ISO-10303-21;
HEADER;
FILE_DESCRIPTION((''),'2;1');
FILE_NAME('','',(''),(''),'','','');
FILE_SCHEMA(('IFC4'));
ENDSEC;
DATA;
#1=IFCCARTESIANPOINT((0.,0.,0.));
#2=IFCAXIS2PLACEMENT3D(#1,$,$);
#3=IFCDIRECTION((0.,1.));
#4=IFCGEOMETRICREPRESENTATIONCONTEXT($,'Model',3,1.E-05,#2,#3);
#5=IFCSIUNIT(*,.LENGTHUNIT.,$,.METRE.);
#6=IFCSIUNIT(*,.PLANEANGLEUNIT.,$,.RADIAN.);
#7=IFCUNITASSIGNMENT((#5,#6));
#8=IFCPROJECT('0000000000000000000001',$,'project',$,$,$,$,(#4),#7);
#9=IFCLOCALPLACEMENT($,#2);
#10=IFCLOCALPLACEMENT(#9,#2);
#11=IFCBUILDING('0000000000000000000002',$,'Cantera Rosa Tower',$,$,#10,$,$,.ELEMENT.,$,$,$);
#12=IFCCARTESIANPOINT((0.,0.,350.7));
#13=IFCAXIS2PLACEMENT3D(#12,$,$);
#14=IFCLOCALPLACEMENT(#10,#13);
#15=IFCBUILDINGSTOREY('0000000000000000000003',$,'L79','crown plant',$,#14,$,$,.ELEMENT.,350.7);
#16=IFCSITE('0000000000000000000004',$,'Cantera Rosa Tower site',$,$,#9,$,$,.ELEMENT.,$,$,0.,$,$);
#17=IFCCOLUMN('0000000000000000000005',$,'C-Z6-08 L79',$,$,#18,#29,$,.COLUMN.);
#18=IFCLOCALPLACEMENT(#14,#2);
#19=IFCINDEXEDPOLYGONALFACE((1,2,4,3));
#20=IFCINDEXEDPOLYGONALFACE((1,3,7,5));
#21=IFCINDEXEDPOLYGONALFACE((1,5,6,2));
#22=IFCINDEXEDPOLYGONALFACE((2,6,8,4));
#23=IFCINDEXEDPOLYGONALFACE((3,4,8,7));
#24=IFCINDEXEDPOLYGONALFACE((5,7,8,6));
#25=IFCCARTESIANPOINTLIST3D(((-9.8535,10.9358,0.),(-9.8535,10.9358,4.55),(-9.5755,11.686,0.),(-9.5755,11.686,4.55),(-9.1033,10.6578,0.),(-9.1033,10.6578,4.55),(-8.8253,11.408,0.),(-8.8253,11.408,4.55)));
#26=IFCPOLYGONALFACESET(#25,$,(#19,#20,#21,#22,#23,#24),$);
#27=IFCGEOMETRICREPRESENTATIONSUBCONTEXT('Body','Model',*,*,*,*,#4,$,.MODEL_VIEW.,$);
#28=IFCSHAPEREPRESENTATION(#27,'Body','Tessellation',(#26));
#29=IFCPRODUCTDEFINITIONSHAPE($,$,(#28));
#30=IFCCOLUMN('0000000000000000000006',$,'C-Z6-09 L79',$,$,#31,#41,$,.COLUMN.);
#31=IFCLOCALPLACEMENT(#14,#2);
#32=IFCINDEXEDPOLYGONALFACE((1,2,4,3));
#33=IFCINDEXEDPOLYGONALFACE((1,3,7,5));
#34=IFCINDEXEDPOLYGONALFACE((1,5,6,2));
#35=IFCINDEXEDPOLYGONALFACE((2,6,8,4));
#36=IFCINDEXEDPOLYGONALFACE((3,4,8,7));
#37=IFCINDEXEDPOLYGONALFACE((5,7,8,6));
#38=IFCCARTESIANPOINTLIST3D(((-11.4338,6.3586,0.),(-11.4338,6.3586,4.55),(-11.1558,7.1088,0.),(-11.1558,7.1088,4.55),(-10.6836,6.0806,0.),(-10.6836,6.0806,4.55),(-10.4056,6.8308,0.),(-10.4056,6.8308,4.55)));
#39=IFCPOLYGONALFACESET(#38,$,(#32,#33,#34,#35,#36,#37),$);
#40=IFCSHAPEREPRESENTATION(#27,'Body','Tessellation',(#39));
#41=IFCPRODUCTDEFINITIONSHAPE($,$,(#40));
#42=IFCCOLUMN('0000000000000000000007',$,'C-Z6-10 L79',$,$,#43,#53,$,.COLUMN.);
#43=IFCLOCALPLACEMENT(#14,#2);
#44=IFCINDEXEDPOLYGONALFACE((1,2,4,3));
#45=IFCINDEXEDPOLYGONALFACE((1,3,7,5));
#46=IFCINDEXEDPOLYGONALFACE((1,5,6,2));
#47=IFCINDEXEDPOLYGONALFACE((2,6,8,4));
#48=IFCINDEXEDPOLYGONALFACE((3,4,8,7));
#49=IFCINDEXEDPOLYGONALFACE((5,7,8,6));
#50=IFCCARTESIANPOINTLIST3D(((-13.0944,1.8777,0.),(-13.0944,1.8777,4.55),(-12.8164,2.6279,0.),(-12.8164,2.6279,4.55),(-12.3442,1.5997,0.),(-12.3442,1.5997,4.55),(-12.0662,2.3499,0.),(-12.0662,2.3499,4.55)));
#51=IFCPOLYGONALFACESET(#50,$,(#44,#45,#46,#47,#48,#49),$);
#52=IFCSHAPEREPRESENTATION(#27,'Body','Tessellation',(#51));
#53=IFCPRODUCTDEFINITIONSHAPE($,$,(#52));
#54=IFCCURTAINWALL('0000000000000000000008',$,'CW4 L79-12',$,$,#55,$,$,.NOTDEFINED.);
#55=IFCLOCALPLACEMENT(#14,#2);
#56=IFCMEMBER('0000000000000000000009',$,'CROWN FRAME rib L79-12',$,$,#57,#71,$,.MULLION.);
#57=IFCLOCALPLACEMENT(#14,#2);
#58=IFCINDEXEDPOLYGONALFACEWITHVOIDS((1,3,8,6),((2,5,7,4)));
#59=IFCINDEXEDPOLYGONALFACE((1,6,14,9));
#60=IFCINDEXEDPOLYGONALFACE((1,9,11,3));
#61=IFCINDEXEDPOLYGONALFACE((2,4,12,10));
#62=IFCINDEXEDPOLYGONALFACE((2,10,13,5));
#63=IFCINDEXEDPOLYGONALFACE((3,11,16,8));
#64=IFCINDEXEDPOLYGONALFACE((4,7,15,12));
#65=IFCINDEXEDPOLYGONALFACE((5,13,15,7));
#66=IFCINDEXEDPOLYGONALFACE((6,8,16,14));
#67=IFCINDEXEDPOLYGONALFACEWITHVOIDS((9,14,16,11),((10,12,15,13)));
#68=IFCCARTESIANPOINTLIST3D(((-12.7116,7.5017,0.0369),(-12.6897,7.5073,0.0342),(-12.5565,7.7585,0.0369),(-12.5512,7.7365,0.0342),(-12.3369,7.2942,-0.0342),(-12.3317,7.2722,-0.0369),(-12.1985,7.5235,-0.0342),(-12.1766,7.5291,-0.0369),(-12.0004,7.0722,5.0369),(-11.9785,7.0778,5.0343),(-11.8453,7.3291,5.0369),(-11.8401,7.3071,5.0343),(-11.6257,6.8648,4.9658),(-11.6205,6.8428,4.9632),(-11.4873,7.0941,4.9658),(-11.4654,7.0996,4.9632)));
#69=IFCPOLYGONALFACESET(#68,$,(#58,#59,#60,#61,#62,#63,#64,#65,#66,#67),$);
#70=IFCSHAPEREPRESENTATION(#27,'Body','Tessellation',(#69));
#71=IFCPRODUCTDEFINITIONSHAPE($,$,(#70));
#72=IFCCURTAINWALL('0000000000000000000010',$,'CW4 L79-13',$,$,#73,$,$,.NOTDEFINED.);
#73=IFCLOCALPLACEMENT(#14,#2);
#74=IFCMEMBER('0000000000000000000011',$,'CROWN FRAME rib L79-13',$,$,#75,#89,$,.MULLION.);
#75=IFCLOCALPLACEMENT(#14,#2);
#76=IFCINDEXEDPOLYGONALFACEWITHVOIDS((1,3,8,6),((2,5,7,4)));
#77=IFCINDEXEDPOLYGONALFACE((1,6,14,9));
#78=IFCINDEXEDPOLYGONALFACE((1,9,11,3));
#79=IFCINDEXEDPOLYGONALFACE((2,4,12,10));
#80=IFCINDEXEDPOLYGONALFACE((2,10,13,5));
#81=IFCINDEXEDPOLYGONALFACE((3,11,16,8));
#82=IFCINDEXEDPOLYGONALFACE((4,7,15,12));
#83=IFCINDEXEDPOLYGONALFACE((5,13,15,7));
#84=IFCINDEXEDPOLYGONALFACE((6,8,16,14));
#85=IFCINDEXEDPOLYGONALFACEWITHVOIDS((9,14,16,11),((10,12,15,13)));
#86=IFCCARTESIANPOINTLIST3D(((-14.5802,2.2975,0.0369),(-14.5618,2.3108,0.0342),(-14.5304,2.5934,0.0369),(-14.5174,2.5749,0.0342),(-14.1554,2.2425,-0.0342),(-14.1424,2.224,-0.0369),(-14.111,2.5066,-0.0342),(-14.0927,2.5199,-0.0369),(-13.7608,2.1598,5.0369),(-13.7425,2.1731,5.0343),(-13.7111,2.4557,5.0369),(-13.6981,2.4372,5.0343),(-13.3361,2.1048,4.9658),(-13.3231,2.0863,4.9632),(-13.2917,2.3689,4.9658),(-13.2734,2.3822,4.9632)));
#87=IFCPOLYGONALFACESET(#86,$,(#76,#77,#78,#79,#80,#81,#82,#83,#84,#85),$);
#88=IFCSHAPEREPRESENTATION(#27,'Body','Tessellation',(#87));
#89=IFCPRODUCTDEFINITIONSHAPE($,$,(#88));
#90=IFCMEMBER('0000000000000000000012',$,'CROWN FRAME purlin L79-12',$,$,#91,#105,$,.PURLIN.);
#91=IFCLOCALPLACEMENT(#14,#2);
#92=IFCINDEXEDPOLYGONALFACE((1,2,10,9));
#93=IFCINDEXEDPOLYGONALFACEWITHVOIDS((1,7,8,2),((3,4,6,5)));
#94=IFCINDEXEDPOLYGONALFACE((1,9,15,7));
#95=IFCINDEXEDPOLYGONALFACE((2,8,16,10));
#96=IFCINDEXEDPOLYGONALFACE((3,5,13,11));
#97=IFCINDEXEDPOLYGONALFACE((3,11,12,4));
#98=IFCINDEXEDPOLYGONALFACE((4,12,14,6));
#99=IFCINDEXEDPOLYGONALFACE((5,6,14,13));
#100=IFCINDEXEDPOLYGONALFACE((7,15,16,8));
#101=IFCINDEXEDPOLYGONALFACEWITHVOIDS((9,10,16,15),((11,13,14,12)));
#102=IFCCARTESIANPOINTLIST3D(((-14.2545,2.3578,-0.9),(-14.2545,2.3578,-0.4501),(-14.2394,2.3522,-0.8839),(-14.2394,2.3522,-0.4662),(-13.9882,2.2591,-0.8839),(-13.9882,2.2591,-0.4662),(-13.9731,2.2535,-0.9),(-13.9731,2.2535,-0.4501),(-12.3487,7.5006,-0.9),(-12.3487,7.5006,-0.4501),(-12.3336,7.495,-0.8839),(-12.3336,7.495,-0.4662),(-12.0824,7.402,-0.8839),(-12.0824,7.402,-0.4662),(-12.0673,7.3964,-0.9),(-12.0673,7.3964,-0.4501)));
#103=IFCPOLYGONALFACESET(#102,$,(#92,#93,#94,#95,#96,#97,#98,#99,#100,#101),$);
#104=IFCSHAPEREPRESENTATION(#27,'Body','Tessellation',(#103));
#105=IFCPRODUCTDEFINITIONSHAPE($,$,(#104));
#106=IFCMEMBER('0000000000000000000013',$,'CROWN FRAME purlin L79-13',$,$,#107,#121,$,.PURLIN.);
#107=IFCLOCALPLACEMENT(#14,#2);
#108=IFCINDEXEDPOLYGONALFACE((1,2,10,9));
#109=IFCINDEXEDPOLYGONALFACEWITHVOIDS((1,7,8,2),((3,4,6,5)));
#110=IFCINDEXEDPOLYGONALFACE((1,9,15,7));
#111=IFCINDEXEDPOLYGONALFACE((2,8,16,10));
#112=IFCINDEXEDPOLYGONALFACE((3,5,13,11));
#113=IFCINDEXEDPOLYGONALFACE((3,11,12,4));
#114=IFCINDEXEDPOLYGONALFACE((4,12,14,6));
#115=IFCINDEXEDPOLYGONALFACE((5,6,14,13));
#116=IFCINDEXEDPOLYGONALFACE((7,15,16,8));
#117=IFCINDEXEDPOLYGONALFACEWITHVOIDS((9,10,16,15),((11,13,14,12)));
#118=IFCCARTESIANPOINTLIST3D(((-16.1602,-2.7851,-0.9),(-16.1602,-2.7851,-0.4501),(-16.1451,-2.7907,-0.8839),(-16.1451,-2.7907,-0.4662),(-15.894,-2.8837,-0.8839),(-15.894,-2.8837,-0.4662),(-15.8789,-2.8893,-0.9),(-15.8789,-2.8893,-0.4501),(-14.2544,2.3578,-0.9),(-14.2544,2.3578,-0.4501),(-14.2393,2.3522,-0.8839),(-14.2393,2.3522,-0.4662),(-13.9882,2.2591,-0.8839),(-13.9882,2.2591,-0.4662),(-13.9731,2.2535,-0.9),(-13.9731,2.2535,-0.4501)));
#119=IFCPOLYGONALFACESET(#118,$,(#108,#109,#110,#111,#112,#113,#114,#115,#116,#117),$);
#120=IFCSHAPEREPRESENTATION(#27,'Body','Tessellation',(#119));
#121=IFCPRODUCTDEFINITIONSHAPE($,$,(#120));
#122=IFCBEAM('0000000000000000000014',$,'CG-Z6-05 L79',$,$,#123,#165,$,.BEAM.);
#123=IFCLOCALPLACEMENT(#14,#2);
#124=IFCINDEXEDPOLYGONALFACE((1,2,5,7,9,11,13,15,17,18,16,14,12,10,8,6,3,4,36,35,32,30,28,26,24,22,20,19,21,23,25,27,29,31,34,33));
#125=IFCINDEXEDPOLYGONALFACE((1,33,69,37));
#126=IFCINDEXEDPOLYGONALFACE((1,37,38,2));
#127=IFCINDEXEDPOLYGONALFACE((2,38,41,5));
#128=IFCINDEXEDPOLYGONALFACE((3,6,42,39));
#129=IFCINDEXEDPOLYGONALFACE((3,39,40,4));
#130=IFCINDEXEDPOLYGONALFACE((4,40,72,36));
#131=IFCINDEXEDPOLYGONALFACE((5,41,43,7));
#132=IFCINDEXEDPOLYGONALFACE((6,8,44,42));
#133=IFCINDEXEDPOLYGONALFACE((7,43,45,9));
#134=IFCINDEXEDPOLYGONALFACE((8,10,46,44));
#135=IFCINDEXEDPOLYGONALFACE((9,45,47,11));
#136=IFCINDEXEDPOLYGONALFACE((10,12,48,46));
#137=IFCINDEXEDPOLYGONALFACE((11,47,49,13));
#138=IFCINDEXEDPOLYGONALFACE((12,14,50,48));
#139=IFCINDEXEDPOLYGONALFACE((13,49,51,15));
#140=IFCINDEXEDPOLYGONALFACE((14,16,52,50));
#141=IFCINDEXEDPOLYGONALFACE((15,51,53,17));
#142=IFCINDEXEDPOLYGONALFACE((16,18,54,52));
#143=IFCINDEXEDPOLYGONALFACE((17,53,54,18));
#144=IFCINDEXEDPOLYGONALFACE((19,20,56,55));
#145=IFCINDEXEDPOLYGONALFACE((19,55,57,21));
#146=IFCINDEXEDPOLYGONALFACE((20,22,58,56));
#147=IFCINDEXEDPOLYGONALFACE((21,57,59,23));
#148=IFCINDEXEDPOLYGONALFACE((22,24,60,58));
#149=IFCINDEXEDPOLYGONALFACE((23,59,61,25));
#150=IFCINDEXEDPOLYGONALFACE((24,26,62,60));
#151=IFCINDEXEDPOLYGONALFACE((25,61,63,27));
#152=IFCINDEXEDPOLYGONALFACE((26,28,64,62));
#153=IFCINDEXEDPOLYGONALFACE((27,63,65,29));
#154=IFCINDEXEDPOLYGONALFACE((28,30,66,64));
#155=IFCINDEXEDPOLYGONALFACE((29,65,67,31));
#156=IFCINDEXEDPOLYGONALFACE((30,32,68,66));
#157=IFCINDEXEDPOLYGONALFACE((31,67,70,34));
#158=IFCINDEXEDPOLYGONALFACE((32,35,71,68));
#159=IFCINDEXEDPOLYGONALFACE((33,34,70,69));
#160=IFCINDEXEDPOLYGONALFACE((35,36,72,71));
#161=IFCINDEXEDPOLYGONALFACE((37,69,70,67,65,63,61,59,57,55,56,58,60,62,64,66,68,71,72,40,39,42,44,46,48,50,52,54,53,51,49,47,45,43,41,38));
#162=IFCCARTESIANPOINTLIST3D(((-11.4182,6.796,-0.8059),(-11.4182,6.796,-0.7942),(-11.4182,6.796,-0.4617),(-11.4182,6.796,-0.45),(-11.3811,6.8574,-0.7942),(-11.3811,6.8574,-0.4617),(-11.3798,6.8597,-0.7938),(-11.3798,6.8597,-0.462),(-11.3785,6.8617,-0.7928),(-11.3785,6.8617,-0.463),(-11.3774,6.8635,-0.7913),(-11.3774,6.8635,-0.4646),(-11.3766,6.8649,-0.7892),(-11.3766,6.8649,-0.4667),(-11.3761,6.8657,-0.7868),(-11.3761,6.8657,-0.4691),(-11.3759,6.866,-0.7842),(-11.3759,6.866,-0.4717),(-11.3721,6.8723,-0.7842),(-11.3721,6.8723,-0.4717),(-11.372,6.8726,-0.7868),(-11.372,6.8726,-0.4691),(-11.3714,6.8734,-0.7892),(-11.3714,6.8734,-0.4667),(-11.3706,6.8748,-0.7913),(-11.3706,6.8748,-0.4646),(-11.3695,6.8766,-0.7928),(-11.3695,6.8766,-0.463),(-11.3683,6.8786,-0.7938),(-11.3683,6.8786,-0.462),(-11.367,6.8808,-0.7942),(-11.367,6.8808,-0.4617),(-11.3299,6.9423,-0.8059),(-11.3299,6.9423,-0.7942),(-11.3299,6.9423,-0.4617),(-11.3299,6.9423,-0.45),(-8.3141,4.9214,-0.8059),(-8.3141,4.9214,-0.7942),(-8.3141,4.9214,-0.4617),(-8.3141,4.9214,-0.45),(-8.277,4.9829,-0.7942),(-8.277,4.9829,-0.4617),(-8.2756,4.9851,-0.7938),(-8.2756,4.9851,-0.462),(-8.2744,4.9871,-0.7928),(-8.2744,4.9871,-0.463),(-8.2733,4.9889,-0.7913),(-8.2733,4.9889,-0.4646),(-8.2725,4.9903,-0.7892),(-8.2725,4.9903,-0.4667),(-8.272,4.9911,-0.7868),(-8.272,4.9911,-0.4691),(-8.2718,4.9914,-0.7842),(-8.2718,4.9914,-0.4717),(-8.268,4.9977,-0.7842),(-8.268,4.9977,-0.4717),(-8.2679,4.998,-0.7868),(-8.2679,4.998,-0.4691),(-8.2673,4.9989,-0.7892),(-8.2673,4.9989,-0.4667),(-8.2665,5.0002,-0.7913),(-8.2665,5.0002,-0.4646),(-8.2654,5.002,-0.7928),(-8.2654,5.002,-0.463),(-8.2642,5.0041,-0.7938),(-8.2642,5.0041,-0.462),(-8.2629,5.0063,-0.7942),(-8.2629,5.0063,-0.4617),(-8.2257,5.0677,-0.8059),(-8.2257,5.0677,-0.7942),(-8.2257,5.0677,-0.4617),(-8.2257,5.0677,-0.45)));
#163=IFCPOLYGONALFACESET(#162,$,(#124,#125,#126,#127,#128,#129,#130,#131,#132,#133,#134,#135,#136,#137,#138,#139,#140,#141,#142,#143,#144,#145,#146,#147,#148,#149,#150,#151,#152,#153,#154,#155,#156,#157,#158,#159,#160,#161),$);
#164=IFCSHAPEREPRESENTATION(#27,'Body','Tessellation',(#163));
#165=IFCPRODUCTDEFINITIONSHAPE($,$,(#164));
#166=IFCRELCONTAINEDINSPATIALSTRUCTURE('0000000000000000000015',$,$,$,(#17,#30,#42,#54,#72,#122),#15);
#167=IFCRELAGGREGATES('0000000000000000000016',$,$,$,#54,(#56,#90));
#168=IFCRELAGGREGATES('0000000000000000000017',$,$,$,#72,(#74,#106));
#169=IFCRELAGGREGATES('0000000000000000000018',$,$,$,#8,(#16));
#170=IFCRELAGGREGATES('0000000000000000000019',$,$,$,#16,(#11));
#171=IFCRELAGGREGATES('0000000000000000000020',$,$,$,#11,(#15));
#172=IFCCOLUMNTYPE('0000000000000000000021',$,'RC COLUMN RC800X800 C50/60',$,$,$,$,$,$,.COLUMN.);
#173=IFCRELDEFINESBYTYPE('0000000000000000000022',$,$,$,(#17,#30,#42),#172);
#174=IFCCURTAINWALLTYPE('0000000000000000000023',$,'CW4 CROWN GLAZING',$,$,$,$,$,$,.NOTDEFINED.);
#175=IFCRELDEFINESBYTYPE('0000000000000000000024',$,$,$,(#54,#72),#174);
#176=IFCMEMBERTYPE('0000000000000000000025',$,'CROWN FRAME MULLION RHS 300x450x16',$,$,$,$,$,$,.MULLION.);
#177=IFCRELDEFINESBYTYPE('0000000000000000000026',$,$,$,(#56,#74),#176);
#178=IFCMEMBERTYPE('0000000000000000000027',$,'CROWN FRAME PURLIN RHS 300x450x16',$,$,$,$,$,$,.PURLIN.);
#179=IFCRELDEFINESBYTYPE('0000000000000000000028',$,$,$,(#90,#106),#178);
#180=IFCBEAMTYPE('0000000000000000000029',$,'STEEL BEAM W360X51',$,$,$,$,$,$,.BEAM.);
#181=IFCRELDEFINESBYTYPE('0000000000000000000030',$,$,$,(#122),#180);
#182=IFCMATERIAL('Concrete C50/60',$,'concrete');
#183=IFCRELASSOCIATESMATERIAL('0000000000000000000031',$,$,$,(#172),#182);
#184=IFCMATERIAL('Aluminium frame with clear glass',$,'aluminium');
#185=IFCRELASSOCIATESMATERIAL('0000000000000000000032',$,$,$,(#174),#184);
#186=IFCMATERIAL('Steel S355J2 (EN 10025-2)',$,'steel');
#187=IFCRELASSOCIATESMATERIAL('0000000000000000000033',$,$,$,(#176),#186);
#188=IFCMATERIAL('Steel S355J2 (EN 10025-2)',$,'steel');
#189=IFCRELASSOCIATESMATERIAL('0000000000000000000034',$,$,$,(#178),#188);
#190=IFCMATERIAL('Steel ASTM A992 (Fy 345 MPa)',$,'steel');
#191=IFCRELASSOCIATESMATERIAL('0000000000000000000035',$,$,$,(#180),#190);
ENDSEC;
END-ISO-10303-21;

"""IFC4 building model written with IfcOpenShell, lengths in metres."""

from ifc_helpers import new_model, si_unit, direction, frame, origin, origin_2d, place, context, subcontext, project, spatial, rectangle, hollow_rectangle, i_section, extrude, material, material_profile, profile_set, type_object, element, aggregate, save


model = new_model("IFC4")

# Units and contexts
model_context = context("Model", 3, precision=1e-05, world=origin(), true_north=direction((0.0, 1.0)))
body_context = subcontext(model_context, "Body", "Model", "MODEL_VIEW")
ifc_project = project(units=[si_unit("LENGTHUNIT", "METRE"), si_unit("PLANEANGLEUNIT", "RADIAN")], contexts=[model_context])

# Site, building, storey
site_placement = place(None, origin())
site = spatial("IfcSite", under=ifc_project, at=site_placement, Name="Cantera Rosa Tower site", CompositionType="ELEMENT", RefElevation=0.0)
building_placement = place(site_placement, origin())
building = spatial("IfcBuilding", under=site, at=building_placement, Name="Cantera Rosa Tower", CompositionType="ELEMENT")
storey_placement = place(building_placement, frame((0.0, 0.0, 350.7)))
storey = spatial("IfcBuildingStorey", under=building, at=storey_placement, Name="L79", Description="crown plant", CompositionType="ELEMENT", Elevation=350.7)

# Columns
ifc_material_1 = material(Name="Concrete C50/60", Category="concrete")
ifc_material_profile_1 = material_profile(ifc_material_1, rectangle(XDim=0.8, YDim=0.8, at=origin_2d()), Name="RC COLUMN RC800X800 C50/60")
ifc_profile_set_1 = profile_set([ifc_material_profile_1], Name="Concrete C50/60")
column_type = type_object("IfcColumnType", Name="RC COLUMN RC800X800 C50/60", PredefinedType="COLUMN", material=ifc_profile_set_1)
for number, where, z_axis, x_axis, name in (
    (1, (-9.3394, 11.1719, 0.0), (0.0, 0.0, 1.0), (0.347481, 0.937687, 0.0), "C-Z6-08 L79"),
    (2, (-10.9197, 6.5947, 0.0), (0.0, 0.0, 1.0), (0.347481, 0.937687, 0.0), "C-Z6-09 L79"),
    (3, (-12.5803, 2.1138, 0.0), (0.0, 0.0, 1.0), (0.347481, 0.937687, 0.0), "C-Z6-10 L79"),
):
    element("IfcColumn", number, at=place(storey_placement, frame(where, z_axis=z_axis, x_axis=x_axis)), inside=storey, type_object=column_type, Name=name, PredefinedType="COLUMN", context=body_context, shape_type="SweptSolid", body=[
        extrude(rectangle(XDim=0.8, YDim=0.8, at=origin_2d()), origin(), (0.0, 0.0, 1.0), 4.55),
    ])

# Curtain walls, members
ifc_material_2 = material(Name="Aluminium frame with clear glass", Category="aluminium")
curtain_wall_type = type_object("IfcCurtainWallType", Name="CW4 CROWN GLAZING", PredefinedType="NOTDEFINED", material=ifc_material_2)
curtain_wall_1_placement = place(storey_placement, origin())
curtain_wall_1 = element("IfcCurtainWall", 4, at=curtain_wall_1_placement, inside=storey, type_object=curtain_wall_type, Name="CW4 L79-12", PredefinedType="NOTDEFINED")
ifc_material_3 = material(Name="Steel S355J2 (EN 10025-2)", Category="steel")
ifc_material_profile_2 = material_profile(ifc_material_3, hollow_rectangle(XDim=0.3, YDim=0.45, WallThickness=0.0161, at=origin_2d()), Name="CROWN FRAME MULLION RHS 300x450x16")
ifc_profile_set_2 = profile_set([ifc_material_profile_2], Name="Steel S355J2 (EN 10025-2)")
member_type_1 = type_object("IfcMemberType", Name="CROWN FRAME MULLION RHS 300x450x16", PredefinedType="MULLION", material=ifc_profile_set_2)
member_1_placement = place(storey_placement, frame((-12.4441, 7.5154, 0.0), z_axis=(0.140313, -0.084727, 0.986475), x_axis=(0.516914, 0.856037, 0.0)))
member_1 = element("IfcMember", 5, at=member_1_placement, type_object=member_type_1, Name="CROWN FRAME rib L79-12", PredefinedType="MULLION", context=body_context, shape_type="SweptSolid", body=[
    extrude(hollow_rectangle(XDim=0.3, YDim=0.45, WallThickness=0.0161, at=origin_2d()), origin(), (0.0, 0.0, 1.0), 5.0686),
])
curtain_wall_2_placement = place(storey_placement, origin())
curtain_wall_2 = element("IfcCurtainWall", 6, at=curtain_wall_2_placement, inside=storey, type_object=curtain_wall_type, Name="CW4 L79-13", PredefinedType="NOTDEFINED")
member_2_placement = place(storey_placement, frame((-14.3364, 2.4087, 0.0), z_axis=(0.161651, -0.027167, 0.986474), x_axis=(0.165733, 0.986171, 0.0)))
member_2 = element("IfcMember", 7, at=member_2_placement, type_object=member_type_1, Name="CROWN FRAME rib L79-13", PredefinedType="MULLION", context=body_context, shape_type="SweptSolid", body=[
    extrude(hollow_rectangle(XDim=0.3, YDim=0.45, WallThickness=0.0161, at=origin_2d()), origin(), (0.0, 0.0, 1.0), 5.0686),
])

# Members
ifc_material_4 = material(Name="Steel S355J2 (EN 10025-2)", Category="steel")
ifc_material_profile_3 = material_profile(ifc_material_4, hollow_rectangle(XDim=0.3, YDim=0.45, WallThickness=0.0161, at=origin_2d()), Name="CROWN FRAME PURLIN RHS 300x450x16")
ifc_profile_set_3 = profile_set([ifc_material_profile_3], Name="Steel S355J2 (EN 10025-2)")
member_type_2 = type_object("IfcMemberType", Name="CROWN FRAME PURLIN RHS 300x450x16", PredefinedType="PURLIN", material=ifc_profile_set_3)
member_3_placement = place(storey_placement, frame((-12.208, 7.4485, -0.675), z_axis=(-0.347477, -0.937689, 0.0), x_axis=(0.937689, -0.347477, 0.0)))
member_3 = element("IfcMember", 8, at=member_3_placement, type_object=member_type_2, Name="CROWN FRAME purlin L79-12", PredefinedType="PURLIN", context=body_context, shape_type="SweptSolid", body=[
    extrude(hollow_rectangle(XDim=0.3, YDim=0.45, WallThickness=0.0161, at=origin_2d()), origin(), (0.0, 0.0, 1.0), 5.4846),
])
member_4_placement = place(storey_placement, frame((-14.1138, 2.3057, -0.675), z_axis=(-0.347477, -0.937689, 0.0), x_axis=(0.937689, -0.347477, 0.0)))
member_4 = element("IfcMember", 9, at=member_4_placement, type_object=member_type_2, Name="CROWN FRAME purlin L79-13", PredefinedType="PURLIN", context=body_context, shape_type="SweptSolid", body=[
    extrude(hollow_rectangle(XDim=0.3, YDim=0.45, WallThickness=0.0161, at=origin_2d()), origin(), (0.0, 0.0, 1.0), 5.4846),
])

# Beam
ifc_material_5 = material(Name="Steel ASTM A992 (Fy 345 MPa)", Category="steel")
ifc_material_profile_4 = material_profile(ifc_material_5, i_section(OverallWidth=0.1709, OverallDepth=0.356, WebThickness=0.0073, FlangeThickness=0.0117, FilletRadius=0.01, at=origin_2d()), Name="W360X51")
ifc_profile_set_4 = profile_set([ifc_material_profile_4], Name="Steel ASTM A992 (Fy 345 MPa)")
beam_type_1 = type_object("IfcBeamType", Name="STEEL BEAM W360X51", PredefinedType="BEAM", material=ifc_profile_set_4)
beam_1_placement = place(storey_placement, frame((-11.374, 6.8691, -0.6279), z_axis=(0.856016, -0.516949, 0.0), x_axis=(0.516949, 0.856016, 0.0)))
element("IfcBeam", 10, at=beam_1_placement, inside=storey, type_object=beam_type_1, Name="CG-Z6-05 L79", PredefinedType="BEAM", context=body_context, shape_type="SweptSolid", body=[
    extrude(i_section(OverallWidth=0.1709, OverallDepth=0.356, WebThickness=0.0073, FlangeThickness=0.0117, FilletRadius=0.01, at=origin_2d()), origin(), (0.0, 0.0, 1.0), 3.6262),
])

aggregate(curtain_wall_1, [member_1, member_3])
aggregate(curtain_wall_2, [member_2, member_4])

save(model, "model.ifc")
